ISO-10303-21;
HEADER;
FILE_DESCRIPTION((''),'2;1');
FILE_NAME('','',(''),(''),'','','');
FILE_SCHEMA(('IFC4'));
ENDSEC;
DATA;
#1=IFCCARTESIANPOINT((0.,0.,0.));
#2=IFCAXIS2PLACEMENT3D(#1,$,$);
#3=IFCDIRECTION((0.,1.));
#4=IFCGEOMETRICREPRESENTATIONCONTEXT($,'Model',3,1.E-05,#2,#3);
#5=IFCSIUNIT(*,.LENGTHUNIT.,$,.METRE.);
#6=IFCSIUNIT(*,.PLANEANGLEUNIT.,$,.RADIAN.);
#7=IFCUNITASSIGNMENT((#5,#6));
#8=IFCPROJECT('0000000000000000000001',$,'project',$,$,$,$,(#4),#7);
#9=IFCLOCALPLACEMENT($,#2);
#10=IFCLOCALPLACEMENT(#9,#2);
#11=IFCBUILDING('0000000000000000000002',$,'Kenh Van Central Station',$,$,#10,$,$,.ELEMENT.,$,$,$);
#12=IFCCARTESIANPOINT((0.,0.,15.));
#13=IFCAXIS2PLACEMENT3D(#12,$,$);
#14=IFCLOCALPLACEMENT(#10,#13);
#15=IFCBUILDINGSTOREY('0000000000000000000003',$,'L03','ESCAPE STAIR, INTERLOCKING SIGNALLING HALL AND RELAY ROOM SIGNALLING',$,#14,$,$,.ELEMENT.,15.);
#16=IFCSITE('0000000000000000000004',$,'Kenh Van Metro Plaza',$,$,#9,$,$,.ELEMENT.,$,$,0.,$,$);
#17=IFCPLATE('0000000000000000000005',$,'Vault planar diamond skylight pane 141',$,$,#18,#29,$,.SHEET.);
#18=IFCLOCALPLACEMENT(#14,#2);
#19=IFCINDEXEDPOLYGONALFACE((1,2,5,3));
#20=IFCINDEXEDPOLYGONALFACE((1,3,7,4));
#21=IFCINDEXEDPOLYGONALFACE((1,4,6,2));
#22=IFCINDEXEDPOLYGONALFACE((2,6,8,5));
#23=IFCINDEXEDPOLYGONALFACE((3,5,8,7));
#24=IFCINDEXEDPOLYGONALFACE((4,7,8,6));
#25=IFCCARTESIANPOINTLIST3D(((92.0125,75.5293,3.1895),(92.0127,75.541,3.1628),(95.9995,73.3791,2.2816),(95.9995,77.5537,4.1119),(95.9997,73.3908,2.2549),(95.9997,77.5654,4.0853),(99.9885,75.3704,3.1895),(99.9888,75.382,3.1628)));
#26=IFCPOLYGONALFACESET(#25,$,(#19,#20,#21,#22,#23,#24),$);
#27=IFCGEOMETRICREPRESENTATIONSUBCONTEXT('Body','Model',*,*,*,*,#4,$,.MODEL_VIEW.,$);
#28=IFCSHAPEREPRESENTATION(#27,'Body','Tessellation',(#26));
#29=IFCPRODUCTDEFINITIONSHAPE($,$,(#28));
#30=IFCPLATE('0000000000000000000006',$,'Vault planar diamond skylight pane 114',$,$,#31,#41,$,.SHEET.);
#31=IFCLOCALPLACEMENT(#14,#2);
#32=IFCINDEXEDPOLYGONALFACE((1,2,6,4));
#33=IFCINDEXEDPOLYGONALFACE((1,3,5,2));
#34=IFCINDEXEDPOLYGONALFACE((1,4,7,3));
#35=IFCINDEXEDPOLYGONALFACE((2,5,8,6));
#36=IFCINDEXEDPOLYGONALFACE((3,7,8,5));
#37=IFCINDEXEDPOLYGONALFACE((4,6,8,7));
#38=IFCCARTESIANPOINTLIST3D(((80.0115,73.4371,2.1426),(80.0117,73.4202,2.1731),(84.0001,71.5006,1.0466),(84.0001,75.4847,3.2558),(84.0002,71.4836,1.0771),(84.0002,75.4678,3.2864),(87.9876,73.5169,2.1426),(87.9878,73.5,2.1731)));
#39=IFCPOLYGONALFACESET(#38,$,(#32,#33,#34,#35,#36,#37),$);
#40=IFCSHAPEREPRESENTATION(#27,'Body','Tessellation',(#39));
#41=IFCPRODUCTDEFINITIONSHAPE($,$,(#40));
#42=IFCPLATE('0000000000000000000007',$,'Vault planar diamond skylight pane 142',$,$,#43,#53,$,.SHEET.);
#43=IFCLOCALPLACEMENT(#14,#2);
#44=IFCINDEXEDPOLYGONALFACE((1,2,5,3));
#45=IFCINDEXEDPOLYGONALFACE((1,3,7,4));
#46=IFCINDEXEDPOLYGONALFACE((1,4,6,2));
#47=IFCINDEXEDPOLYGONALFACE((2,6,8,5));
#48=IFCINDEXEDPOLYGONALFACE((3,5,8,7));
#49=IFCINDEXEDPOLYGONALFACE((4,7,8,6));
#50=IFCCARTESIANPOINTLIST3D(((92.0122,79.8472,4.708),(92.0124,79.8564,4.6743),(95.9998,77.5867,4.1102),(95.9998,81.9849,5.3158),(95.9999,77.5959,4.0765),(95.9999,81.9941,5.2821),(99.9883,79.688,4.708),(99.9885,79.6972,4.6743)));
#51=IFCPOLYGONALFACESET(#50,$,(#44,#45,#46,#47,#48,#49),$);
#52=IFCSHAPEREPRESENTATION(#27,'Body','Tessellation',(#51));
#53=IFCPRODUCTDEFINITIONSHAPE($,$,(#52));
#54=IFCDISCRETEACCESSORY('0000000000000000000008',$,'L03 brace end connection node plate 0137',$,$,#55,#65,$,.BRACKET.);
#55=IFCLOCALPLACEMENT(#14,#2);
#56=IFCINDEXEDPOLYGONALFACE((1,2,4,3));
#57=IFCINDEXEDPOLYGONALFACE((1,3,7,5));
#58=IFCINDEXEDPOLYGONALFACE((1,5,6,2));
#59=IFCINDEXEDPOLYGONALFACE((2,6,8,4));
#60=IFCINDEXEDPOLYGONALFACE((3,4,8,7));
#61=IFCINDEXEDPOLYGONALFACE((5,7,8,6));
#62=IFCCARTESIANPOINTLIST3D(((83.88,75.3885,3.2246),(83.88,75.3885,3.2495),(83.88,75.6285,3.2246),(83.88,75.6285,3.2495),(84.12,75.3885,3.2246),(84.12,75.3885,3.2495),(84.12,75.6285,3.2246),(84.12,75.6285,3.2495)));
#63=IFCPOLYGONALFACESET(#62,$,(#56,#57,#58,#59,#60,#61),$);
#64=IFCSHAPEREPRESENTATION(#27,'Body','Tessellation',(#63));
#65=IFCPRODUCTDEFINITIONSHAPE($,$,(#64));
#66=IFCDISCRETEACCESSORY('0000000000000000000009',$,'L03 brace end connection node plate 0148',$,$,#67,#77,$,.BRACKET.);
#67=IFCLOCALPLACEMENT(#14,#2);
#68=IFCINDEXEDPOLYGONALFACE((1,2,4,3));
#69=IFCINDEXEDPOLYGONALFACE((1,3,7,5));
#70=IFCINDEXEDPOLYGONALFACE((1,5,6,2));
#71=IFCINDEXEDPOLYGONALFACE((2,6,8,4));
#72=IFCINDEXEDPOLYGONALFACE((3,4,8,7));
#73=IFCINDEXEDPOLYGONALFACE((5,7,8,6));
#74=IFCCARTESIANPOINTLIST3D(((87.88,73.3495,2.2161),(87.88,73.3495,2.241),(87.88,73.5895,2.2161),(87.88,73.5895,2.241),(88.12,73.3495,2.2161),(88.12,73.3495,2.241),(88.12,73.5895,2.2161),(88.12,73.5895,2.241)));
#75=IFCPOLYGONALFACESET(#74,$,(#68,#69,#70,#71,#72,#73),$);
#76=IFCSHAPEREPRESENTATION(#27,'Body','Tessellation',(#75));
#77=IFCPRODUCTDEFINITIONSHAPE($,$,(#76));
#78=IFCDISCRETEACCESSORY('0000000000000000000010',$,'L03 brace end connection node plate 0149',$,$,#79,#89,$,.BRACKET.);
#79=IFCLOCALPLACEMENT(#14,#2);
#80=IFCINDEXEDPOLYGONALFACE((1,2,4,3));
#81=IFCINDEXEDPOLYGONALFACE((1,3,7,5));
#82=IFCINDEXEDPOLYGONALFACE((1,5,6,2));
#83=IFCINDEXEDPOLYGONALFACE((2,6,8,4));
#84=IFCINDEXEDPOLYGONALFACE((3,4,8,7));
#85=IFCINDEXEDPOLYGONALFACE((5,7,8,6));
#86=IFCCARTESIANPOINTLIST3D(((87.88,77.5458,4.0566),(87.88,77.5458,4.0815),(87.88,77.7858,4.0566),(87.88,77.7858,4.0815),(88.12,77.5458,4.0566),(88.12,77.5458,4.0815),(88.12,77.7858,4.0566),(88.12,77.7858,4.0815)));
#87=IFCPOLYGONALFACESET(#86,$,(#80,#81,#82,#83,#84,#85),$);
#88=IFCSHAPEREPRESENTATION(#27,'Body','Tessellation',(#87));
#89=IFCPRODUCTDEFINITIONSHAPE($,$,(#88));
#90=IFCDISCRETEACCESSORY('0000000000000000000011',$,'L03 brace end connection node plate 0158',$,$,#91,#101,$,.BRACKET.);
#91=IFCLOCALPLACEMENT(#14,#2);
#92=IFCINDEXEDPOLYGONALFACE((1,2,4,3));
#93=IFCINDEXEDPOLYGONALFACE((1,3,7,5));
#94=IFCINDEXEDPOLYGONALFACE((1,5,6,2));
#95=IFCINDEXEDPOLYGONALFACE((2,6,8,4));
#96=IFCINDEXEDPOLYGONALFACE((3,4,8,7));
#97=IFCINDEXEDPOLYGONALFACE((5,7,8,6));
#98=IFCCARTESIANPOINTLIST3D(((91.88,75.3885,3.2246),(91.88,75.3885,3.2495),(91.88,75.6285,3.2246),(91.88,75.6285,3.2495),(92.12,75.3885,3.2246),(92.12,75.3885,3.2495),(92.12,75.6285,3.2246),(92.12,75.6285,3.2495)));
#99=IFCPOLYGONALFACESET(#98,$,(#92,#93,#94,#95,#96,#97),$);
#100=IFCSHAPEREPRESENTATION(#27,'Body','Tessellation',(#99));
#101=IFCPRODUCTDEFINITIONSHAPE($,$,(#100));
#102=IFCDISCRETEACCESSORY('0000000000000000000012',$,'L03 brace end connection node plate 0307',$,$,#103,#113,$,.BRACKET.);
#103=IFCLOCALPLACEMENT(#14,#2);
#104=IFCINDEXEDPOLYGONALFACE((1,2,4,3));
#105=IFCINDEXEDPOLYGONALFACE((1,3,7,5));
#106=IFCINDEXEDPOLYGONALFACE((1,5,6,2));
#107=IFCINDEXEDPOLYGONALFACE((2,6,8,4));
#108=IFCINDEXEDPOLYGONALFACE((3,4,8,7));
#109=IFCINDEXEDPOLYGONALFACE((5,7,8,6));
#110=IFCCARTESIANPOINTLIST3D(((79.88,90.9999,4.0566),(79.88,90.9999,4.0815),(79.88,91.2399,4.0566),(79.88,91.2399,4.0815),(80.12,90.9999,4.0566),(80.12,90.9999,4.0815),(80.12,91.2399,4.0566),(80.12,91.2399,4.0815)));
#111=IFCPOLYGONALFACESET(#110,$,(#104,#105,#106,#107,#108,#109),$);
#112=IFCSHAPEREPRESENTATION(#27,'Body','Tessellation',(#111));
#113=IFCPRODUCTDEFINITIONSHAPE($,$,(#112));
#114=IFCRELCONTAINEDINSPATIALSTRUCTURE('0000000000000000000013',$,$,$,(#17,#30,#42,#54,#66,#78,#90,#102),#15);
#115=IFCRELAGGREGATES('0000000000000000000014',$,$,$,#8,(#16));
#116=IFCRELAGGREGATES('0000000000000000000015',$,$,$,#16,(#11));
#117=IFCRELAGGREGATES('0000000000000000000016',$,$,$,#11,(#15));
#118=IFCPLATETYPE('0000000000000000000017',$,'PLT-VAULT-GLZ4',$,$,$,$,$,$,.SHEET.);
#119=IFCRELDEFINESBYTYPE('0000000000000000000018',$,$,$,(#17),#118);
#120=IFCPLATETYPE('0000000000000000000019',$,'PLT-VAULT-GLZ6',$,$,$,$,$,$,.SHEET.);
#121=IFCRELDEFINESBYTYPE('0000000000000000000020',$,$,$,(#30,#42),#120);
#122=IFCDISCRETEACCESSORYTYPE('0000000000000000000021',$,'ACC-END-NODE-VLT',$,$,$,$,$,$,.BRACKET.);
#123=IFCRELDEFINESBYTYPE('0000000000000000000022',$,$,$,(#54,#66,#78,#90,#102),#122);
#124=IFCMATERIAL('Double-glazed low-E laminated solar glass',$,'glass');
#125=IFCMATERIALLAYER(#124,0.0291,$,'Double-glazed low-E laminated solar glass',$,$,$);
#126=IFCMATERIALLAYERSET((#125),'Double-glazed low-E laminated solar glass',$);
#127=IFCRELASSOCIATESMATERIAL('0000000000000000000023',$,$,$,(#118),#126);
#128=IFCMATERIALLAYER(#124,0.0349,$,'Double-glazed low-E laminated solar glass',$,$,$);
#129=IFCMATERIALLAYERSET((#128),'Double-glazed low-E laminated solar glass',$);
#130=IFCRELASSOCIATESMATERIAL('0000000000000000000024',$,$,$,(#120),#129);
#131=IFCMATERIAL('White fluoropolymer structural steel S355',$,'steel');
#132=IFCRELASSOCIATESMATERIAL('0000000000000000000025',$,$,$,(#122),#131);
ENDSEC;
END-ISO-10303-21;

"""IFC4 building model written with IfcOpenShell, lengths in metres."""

from ifc_helpers import new_model, si_unit, direction, frame, origin, origin_2d, place, context, subcontext, project, spatial, polyline, rectangle, outline, extrude, material, layer, layer_set, type_object, element, save


model = new_model("IFC4")

# Units and contexts
model_context = context("Model", 3, precision=1e-05, world=origin(), true_north=direction((0.0, 1.0)))
body_context = subcontext(model_context, "Body", "Model", "MODEL_VIEW")
ifc_project = project(units=[si_unit("LENGTHUNIT", "METRE"), si_unit("PLANEANGLEUNIT", "RADIAN")], contexts=[model_context])

# Site, building, storey
site_placement = place(None, origin())
site = spatial("IfcSite", under=ifc_project, at=site_placement, Name="Kenh Van Metro Plaza", CompositionType="ELEMENT", RefElevation=0.0)
building_placement = place(site_placement, origin())
building = spatial("IfcBuilding", under=site, at=building_placement, Name="Kenh Van Central Station", CompositionType="ELEMENT")
storey_placement = place(building_placement, frame((0.0, 0.0, 15.0)))
storey = spatial("IfcBuildingStorey", under=building, at=storey_placement, Name="L03", Description="ESCAPE STAIR, INTERLOCKING SIGNALLING HALL AND RELAY ROOM SIGNALLING", CompositionType="ELEMENT", Elevation=15.0)

# Shared definitions
ifc_material_1 = material(Name="White fluoropolymer structural steel S355", Category="steel")

# Plates
ifc_material_2 = material(Name="Double-glazed low-E laminated solar glass", Category="glass")
ifc_layer_1 = layer(ifc_material_2, 0.0291, Name="Double-glazed low-E laminated solar glass")
ifc_layer_set_1 = layer_set([ifc_layer_1], Name="Double-glazed low-E laminated solar glass")
plate_type_1 = type_object("IfcPlateType", Name="PLT-VAULT-GLZ4", PredefinedType="SHEET", material=ifc_layer_set_1)
plate_1_placement = place(storey_placement, frame((92.0125, 75.5293, 3.1895), z_axis=(-0.008001, -0.401534, 0.915809), x_axis=(0.863005, -0.465408, -0.196517)))
element("IfcPlate", 1, at=plate_1_placement, inside=storey, type_object=plate_type_1, Name="Vault planar diamond skylight pane 141", PredefinedType="SHEET", context=body_context, shape_type="SweptSolid", body=[
    extrude(outline(polyline([(0.0, 0.0), (4.62, 0.0), (6.9574, 3.9036), (2.3174, 3.9339), (0.0, 0.0)])), origin(), (0.0, 0.0, -1.0), 0.0291),
])
ifc_layer_2 = layer(ifc_material_2, 0.0349, Name="Double-glazed low-E laminated solar glass")
ifc_layer_set_2 = layer_set([ifc_layer_2], Name="Double-glazed low-E laminated solar glass")
plate_type_2 = type_object("IfcPlateType", Name="PLT-VAULT-GLZ6", PredefinedType="SHEET", material=ifc_layer_set_2)
plate_2_placement = place(storey_placement, frame((80.0117, 73.4202, 2.1731), z_axis=(0.004854, -0.484936, 0.874536), x_axis=(0.873293, -0.424004, -0.23996)))
element("IfcPlate", 2, at=plate_2_placement, inside=storey, type_object=plate_type_2, Name="Vault planar diamond skylight pane 114", PredefinedType="SHEET", context=body_context, shape_type="SweptSolid", body=[
    extrude(outline(polyline([(0.0, 0.0), (4.5672, 0.0), (6.9316, 3.9468), (2.3478, 3.9785), (0.0, 0.0)])), origin(), (0.0, 0.0, -1.0), 0.0349),
])
plate_3_placement = place(storey_placement, frame((92.0122, 79.8472, 4.708), z_axis=(-0.005276, -0.26435, 0.964412), x_axis=(0.862637, -0.489012, -0.129322)))
element("IfcPlate", 3, at=plate_3_placement, inside=storey, type_object=plate_type_2, Name="Vault planar diamond skylight pane 142", PredefinedType="SHEET", context=body_context, shape_type="SweptSolid", body=[
    extrude(outline(polyline([(0.0, 0.0), (4.6225, 0.0), (6.9583, 3.9019), (2.3158, 3.9341), (0.0, 0.0)])), origin(), (0.0, 0.0, -1.0), 0.0349),
])

# Discrete accessories
discrete_accessory_type = type_object("IfcDiscreteAccessoryType", Name="ACC-END-NODE-VLT", PredefinedType="BRACKET", material=ifc_material_1)
for number, where, z_axis, x_axis, name in (
    (4, (84.0, 75.5085, 3.2246), (0.0, 0.0, 1.0), (1.0, 0.0, 0.0), "L03 brace end connection node plate 0137"),
    (5, (88.0, 73.4695, 2.2161), (0.0, 0.0, 1.0), (1.0, 0.0, 0.0), "L03 brace end connection node plate 0148"),
    (6, (88.0, 77.6658, 4.0566), (0.0, 0.0, 1.0), (1.0, 0.0, 0.0), "L03 brace end connection node plate 0149"),
    (7, (92.0, 75.5085, 3.2246), (0.0, 0.0, 1.0), (1.0, 0.0, 0.0), "L03 brace end connection node plate 0158"),
    (8, (80.0, 91.1199, 4.0566), (0.0, 0.0, 1.0), (1.0, 0.0, 0.0), "L03 brace end connection node plate 0307"),
):
    element("IfcDiscreteAccessory", number, at=place(storey_placement, frame(where, z_axis=z_axis, x_axis=x_axis)), inside=storey, type_object=discrete_accessory_type, Name=name, PredefinedType="BRACKET", context=body_context, shape_type="SweptSolid", body=[
        extrude(rectangle(XDim=0.24, YDim=0.24, at=origin_2d()), origin(), (0.0, 0.0, 1.0), 0.0249),
    ])

save(model, "model.ifc")
